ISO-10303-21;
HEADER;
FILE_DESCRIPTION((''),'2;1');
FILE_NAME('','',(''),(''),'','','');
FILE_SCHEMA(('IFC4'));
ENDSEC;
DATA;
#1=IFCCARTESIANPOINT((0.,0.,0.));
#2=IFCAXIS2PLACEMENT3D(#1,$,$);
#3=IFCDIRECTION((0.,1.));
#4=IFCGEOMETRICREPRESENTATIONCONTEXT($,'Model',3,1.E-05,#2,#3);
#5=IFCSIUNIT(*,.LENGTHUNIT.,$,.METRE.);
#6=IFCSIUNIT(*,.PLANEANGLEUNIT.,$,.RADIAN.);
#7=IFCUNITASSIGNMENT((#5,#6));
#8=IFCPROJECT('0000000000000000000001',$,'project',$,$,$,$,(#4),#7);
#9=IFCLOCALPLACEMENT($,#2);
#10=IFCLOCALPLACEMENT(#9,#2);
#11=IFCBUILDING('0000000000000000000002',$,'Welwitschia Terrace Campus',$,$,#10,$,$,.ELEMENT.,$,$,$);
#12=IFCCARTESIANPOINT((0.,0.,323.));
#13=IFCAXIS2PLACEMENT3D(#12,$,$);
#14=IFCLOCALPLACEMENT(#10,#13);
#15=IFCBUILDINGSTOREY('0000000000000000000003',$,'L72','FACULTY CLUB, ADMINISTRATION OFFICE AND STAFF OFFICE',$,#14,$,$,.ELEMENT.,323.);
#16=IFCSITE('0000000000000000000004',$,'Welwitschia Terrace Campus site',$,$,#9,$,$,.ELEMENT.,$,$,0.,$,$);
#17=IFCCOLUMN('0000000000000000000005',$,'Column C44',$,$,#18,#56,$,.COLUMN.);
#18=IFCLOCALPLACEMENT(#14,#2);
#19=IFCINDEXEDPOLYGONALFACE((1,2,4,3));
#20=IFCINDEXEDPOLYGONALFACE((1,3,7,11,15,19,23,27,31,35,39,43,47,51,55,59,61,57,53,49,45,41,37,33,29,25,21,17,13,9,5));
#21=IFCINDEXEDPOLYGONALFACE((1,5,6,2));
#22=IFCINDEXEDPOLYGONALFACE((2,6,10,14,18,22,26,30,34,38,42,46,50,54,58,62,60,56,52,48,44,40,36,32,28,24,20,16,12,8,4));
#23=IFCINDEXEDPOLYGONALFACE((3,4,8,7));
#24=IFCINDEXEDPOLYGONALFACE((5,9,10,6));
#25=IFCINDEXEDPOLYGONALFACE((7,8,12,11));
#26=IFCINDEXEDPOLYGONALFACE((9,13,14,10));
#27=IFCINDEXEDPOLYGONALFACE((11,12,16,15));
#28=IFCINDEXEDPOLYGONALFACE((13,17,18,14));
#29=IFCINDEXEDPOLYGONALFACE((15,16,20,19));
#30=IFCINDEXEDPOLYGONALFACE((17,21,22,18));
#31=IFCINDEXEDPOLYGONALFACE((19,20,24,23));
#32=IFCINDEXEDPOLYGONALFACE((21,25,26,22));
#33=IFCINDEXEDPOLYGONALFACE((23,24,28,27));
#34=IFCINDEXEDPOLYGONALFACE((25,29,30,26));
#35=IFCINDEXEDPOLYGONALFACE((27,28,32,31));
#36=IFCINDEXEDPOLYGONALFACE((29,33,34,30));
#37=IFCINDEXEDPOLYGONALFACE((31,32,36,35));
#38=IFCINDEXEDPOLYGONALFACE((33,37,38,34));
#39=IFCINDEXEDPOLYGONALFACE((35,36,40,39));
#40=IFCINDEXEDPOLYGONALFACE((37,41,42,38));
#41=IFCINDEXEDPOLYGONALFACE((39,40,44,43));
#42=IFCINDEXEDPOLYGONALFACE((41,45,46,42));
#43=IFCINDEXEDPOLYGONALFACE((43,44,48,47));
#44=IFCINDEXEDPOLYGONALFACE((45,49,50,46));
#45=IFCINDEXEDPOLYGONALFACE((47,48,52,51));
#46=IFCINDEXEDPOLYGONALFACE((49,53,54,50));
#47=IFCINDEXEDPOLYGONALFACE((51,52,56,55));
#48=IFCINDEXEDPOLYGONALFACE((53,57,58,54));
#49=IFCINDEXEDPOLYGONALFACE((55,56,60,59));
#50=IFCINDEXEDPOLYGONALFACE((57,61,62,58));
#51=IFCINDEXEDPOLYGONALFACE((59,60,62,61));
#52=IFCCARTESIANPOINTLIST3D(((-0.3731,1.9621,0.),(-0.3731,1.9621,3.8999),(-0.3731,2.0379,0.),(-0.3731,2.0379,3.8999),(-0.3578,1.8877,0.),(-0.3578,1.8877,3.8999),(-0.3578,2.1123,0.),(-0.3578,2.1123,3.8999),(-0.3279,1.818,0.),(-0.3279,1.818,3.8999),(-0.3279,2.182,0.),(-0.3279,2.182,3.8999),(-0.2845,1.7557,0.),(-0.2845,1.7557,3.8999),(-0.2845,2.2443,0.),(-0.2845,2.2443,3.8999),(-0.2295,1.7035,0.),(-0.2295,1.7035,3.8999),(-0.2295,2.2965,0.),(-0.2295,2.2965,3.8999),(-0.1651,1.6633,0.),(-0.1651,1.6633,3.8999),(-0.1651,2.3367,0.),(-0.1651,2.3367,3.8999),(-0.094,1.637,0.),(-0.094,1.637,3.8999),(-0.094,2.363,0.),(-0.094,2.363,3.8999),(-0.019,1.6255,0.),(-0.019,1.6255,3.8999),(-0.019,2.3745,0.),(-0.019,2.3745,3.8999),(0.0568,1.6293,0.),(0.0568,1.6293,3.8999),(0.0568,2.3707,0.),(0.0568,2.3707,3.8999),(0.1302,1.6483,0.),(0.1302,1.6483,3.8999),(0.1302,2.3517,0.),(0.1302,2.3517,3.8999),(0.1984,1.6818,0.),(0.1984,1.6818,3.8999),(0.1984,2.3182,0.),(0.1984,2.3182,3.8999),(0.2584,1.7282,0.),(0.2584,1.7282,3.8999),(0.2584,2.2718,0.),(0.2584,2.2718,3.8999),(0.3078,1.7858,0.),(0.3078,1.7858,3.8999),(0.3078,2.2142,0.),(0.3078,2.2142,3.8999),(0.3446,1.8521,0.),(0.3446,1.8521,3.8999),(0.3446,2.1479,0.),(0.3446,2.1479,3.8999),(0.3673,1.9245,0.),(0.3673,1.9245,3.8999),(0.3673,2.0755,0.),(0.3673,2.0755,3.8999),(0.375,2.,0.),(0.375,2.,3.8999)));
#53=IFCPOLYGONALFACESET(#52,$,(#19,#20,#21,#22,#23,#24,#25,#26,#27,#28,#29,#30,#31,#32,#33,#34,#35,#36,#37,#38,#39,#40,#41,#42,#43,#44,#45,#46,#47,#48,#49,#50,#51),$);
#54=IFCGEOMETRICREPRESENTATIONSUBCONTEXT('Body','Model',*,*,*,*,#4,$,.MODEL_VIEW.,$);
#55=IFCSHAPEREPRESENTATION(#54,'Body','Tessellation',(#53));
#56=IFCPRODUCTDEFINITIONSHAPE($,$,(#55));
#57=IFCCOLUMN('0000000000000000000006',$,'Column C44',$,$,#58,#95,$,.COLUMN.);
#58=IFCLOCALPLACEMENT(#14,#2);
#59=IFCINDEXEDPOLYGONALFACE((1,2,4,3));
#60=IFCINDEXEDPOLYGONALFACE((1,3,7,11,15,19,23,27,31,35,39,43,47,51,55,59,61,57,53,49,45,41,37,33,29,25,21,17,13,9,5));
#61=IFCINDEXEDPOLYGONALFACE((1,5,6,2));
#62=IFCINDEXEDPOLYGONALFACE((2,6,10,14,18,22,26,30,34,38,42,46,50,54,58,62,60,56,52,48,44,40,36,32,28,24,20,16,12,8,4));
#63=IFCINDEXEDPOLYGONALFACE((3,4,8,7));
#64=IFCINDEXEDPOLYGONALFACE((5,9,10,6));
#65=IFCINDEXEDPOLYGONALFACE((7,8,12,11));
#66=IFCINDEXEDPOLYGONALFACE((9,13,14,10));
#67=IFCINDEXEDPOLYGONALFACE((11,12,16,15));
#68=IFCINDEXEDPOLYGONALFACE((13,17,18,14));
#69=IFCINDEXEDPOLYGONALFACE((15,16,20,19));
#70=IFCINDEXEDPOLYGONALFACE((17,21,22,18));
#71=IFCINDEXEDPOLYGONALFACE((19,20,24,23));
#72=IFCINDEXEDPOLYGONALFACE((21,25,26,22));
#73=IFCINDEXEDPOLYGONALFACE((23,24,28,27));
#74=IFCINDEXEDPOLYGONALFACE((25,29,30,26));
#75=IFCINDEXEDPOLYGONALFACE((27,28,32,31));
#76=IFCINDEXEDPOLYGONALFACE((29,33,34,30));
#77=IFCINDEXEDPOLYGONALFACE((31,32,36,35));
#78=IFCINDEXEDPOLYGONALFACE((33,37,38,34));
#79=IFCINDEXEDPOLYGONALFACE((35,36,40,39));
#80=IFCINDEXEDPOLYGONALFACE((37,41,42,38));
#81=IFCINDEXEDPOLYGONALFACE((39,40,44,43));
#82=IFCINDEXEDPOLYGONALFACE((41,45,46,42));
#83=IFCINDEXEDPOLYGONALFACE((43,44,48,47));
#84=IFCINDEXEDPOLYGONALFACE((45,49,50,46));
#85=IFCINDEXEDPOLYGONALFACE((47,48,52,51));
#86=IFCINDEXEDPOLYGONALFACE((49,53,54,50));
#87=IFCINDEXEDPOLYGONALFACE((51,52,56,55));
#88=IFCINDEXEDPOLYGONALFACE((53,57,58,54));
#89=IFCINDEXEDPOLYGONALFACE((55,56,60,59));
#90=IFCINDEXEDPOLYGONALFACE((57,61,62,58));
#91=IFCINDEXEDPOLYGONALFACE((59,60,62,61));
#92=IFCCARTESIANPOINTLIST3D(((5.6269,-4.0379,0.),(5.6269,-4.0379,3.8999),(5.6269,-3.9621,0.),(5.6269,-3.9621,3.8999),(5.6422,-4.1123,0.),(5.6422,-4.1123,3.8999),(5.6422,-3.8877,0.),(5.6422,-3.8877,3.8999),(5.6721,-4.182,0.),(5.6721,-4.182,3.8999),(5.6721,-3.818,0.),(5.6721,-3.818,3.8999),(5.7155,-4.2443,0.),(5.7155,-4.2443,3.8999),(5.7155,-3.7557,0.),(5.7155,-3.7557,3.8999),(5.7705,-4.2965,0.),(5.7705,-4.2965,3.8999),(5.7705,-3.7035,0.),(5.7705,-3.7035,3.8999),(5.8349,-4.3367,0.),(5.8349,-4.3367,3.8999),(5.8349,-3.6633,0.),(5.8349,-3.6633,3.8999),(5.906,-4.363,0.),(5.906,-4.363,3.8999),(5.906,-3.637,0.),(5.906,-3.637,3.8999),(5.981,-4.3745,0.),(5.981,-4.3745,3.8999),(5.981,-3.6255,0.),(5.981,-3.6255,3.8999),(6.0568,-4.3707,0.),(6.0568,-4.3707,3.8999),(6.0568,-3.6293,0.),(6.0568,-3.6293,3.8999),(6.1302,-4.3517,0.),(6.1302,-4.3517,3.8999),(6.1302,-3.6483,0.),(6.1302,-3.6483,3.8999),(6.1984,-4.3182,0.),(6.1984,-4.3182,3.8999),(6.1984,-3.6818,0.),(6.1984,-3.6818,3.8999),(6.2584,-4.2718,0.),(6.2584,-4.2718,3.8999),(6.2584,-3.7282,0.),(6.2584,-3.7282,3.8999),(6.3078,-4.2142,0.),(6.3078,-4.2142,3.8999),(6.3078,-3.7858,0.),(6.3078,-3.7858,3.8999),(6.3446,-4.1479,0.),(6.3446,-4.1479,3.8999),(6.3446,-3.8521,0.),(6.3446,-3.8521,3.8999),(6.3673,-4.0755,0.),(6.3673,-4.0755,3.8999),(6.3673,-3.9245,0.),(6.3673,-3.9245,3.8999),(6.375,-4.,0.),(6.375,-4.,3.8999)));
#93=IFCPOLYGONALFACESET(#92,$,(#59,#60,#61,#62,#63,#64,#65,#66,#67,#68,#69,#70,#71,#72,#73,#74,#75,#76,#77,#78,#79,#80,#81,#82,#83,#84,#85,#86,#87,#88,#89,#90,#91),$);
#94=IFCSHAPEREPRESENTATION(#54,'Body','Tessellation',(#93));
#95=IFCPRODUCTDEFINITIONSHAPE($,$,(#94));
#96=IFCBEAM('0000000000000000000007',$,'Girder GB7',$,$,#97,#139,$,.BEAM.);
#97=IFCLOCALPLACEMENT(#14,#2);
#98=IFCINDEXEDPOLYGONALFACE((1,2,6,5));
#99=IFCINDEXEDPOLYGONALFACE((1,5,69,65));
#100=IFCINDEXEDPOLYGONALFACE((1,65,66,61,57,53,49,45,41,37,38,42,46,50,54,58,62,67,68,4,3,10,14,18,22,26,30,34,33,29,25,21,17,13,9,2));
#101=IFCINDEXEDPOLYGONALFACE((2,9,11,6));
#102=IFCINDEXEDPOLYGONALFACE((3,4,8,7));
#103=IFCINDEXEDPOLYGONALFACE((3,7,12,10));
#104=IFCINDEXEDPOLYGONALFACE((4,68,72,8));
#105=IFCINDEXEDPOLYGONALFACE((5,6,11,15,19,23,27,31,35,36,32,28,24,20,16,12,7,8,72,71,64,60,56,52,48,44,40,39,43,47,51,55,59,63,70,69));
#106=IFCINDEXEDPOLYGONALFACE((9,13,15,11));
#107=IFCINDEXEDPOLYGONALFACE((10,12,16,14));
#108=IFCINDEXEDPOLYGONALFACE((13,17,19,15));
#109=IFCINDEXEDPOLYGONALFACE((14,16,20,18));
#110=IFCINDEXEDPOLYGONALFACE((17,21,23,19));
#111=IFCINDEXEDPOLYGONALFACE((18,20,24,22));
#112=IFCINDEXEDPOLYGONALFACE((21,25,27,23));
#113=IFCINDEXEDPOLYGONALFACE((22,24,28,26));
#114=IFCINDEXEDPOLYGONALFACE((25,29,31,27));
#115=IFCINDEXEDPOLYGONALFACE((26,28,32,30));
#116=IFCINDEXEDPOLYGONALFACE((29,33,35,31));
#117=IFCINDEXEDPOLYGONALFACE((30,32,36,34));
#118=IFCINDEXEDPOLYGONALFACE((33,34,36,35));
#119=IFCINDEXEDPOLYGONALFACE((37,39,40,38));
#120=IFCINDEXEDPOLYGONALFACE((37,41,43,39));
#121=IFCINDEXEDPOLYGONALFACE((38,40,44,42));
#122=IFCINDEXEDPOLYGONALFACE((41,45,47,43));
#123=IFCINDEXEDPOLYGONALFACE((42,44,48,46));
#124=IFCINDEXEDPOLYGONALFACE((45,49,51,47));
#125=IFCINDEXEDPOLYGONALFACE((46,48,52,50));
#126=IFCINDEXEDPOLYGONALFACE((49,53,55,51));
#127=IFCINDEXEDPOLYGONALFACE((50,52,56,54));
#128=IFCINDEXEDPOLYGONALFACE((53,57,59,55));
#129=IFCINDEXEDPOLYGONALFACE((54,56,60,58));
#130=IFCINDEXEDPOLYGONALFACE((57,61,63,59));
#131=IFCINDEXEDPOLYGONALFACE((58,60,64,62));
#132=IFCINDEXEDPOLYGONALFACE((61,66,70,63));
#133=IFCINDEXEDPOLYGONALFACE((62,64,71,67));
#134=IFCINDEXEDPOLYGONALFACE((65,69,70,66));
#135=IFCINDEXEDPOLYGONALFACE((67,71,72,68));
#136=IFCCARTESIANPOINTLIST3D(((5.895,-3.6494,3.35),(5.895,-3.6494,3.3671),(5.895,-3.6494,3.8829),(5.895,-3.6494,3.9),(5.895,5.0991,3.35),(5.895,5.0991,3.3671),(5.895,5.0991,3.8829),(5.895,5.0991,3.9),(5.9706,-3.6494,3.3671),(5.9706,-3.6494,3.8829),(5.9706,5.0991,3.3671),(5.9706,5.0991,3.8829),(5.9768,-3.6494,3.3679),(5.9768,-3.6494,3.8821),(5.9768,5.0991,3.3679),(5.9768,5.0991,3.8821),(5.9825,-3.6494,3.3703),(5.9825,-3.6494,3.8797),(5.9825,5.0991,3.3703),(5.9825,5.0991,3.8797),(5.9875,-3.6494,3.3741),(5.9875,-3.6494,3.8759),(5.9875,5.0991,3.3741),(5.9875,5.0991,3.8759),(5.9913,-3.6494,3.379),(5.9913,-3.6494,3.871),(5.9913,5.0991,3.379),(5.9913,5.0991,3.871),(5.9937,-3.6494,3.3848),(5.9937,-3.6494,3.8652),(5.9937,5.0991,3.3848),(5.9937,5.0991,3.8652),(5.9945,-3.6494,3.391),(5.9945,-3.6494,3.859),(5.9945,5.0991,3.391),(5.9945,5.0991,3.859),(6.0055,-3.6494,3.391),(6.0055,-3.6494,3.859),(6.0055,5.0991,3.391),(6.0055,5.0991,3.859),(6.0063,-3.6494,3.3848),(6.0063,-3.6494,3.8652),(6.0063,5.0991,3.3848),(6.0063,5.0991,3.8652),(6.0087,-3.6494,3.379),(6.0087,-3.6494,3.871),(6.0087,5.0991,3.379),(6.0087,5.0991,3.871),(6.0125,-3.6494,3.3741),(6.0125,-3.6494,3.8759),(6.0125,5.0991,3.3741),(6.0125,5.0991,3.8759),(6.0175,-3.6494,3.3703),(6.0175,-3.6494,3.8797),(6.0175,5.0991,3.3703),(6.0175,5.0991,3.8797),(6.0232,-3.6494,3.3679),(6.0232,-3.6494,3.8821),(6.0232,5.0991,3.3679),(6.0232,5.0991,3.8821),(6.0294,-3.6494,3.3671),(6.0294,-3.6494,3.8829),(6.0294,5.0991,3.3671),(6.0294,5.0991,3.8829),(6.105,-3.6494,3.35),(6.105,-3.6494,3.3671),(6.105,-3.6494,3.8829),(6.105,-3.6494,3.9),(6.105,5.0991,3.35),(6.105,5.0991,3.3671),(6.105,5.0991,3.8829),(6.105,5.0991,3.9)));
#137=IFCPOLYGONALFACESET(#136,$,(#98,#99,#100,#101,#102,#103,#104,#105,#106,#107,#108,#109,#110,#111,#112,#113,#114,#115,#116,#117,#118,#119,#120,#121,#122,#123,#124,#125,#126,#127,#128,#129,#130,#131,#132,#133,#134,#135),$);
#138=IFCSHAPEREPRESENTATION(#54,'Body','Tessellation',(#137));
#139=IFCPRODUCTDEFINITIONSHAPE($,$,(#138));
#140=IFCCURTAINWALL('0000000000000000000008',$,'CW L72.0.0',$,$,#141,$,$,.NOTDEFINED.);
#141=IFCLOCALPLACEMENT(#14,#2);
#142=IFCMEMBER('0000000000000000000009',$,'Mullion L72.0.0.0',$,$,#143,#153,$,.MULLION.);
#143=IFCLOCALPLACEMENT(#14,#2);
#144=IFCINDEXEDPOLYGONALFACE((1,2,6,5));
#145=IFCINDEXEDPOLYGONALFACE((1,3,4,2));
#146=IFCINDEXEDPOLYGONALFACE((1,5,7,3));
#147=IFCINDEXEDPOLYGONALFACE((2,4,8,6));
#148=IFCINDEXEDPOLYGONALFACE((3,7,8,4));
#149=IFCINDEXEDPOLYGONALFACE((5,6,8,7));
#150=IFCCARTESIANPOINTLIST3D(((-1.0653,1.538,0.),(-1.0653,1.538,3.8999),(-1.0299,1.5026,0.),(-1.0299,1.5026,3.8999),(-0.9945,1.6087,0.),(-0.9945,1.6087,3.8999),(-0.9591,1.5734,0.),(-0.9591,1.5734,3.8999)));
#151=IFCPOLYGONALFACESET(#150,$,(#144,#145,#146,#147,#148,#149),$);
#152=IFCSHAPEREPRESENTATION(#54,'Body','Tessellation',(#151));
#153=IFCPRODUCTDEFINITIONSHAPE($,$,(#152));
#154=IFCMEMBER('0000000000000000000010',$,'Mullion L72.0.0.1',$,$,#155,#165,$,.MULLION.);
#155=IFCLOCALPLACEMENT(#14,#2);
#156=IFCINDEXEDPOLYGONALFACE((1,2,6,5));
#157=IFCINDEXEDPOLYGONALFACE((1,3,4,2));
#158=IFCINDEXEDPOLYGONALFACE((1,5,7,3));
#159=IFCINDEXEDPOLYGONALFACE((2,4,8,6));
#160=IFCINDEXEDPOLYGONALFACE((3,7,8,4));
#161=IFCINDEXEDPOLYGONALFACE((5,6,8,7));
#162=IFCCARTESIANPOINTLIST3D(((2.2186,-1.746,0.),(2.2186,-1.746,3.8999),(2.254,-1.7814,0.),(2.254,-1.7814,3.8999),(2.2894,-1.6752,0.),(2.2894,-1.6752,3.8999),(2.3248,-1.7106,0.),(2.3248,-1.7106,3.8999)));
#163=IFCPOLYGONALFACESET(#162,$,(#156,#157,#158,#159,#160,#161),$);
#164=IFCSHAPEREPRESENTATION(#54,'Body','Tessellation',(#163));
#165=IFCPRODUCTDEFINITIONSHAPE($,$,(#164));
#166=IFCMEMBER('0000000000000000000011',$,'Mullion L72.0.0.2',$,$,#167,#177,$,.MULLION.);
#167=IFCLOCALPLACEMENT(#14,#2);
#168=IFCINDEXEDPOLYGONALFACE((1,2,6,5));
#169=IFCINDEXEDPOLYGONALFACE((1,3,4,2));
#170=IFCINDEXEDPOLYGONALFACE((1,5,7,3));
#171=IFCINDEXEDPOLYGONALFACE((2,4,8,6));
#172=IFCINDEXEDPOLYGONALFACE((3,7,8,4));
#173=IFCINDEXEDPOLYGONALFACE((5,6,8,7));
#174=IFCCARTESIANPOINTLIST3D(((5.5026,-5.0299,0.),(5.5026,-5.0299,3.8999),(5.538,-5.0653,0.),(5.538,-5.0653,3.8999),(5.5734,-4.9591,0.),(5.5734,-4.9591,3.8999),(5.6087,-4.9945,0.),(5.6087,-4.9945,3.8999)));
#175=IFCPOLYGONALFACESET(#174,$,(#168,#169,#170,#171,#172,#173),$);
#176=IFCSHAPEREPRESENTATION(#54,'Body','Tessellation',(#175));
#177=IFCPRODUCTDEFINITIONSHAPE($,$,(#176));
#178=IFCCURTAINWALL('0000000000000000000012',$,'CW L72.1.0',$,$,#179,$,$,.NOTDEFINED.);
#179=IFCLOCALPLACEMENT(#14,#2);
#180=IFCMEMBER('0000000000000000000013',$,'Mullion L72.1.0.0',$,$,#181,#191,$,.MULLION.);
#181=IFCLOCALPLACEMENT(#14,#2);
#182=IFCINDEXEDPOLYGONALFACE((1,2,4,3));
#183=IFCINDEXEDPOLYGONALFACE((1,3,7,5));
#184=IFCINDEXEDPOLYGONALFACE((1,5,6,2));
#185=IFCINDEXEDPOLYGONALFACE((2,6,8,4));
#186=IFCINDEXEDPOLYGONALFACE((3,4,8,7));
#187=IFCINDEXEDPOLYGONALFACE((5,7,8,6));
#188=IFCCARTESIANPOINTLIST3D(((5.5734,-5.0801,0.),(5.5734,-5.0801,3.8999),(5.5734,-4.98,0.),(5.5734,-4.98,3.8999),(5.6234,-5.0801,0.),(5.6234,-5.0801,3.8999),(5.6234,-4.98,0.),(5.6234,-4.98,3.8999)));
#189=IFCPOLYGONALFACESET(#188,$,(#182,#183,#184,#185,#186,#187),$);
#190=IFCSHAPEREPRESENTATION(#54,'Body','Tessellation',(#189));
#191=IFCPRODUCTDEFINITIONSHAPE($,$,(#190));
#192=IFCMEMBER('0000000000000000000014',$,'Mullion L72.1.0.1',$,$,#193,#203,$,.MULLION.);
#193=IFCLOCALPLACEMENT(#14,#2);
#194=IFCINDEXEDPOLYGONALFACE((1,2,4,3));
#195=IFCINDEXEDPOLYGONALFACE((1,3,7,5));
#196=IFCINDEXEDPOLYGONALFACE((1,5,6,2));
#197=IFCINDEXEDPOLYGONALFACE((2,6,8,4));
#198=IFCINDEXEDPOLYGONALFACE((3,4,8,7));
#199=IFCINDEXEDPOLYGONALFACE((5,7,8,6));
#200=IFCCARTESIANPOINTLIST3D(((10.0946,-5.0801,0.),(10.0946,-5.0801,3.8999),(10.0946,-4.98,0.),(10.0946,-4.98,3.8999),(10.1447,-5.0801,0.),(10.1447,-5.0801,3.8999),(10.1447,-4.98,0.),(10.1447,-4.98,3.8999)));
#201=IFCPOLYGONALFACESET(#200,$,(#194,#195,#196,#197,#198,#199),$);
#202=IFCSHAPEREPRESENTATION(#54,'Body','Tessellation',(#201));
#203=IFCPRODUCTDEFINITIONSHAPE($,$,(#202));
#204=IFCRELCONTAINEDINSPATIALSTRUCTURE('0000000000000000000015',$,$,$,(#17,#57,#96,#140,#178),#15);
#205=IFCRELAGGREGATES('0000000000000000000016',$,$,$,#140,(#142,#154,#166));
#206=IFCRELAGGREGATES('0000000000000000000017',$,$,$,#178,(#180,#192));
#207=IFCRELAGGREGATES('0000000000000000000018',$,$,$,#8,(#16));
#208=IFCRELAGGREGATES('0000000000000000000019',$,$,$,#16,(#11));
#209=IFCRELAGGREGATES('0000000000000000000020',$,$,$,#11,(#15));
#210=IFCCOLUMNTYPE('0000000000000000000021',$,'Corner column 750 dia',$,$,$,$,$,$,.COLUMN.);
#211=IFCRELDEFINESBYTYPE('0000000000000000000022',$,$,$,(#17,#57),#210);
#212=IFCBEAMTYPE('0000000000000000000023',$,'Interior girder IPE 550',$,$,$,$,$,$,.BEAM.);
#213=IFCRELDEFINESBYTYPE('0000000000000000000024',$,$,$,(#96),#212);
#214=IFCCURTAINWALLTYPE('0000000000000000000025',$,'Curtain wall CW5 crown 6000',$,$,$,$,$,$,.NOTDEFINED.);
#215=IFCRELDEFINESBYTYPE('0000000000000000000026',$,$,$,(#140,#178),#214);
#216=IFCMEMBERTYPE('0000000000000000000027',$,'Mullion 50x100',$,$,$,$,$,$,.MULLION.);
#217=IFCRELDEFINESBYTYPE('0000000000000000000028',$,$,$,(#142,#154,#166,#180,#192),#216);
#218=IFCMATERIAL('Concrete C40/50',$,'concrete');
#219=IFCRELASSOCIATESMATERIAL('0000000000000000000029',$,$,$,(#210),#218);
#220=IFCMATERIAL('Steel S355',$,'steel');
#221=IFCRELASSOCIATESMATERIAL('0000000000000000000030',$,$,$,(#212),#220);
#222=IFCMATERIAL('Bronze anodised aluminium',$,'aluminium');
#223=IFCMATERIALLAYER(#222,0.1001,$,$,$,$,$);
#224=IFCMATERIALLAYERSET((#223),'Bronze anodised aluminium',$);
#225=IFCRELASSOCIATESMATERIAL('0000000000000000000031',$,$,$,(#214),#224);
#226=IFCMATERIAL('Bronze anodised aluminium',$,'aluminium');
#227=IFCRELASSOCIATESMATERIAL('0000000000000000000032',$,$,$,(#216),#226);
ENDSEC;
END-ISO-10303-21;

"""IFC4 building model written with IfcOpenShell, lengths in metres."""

from ifc_helpers import new_model, si_unit, direction, frame, origin, origin_2d, place, context, subcontext, project, spatial, rectangle, circle, i_section, extrude, material, layer, layer_set, material_profile, profile_set, type_object, element, aggregate, save


model = new_model("IFC4")

# Units and contexts
model_context = context("Model", 3, precision=1e-05, world=origin(), true_north=direction((0.0, 1.0)))
body_context = subcontext(model_context, "Body", "Model", "MODEL_VIEW")
ifc_project = project(units=[si_unit("LENGTHUNIT", "METRE"), si_unit("PLANEANGLEUNIT", "RADIAN")], contexts=[model_context])

# Site, building, storey
site_placement = place(None, origin())
site = spatial("IfcSite", under=ifc_project, at=site_placement, Name="Welwitschia Terrace Campus site", CompositionType="ELEMENT", RefElevation=0.0)
building_placement = place(site_placement, origin())
building = spatial("IfcBuilding", under=site, at=building_placement, Name="Welwitschia Terrace Campus", CompositionType="ELEMENT")
storey_placement = place(building_placement, frame((0.0, 0.0, 323.0)))
storey = spatial("IfcBuildingStorey", under=building, at=storey_placement, Name="L72", Description="FACULTY CLUB, ADMINISTRATION OFFICE AND STAFF OFFICE", CompositionType="ELEMENT", Elevation=323.0)

# Columns
ifc_material_1 = material(Name="Concrete C40/50", Category="concrete")
ifc_material_profile_1 = material_profile(ifc_material_1, circle(Radius=0.375, at=origin_2d()))
ifc_profile_set_1 = profile_set([ifc_material_profile_1], Name="Concrete C40/50")
column_type = type_object("IfcColumnType", Name="Corner column 750 dia", PredefinedType="COLUMN", material=ifc_profile_set_1)
for number, where, z_axis, x_axis, name in (
    (1, (0.0, 2.0, 0.0), (0.0, 0.0, 1.0), (1.0, 0.0, 0.0), "Column C44"),
    (2, (6.0, -4.0, 0.0), (0.0, 0.0, 1.0), (1.0, 0.0, 0.0), "Column C44"),
):
    element("IfcColumn", number, at=place(storey_placement, frame(where, z_axis=z_axis, x_axis=x_axis)), inside=storey, type_object=column_type, Name=name, PredefinedType="COLUMN", context=body_context, shape_type="SweptSolid", body=[
        extrude(circle(Radius=0.375, at=origin_2d()), origin(), (0.0, 0.0, 1.0), 3.8999),
    ])

# Beam
ifc_material_2 = material(Name="Steel S355", Category="steel")
ifc_material_profile_2 = material_profile(ifc_material_2, i_section(OverallWidth=0.21, OverallDepth=0.55, WebThickness=0.011, FlangeThickness=0.0171, FilletRadius=0.0239, at=origin_2d()))
ifc_profile_set_2 = profile_set([ifc_material_profile_2], Name="Steel S355")
beam_type_1 = type_object("IfcBeamType", Name="Interior girder IPE 550", PredefinedType="BEAM", material=ifc_profile_set_2)
beam_1_placement = place(storey_placement, frame((6.0, -3.6494, 3.625), z_axis=(0.0, 1.0, 0.0), x_axis=(-1.0, 0.0, 0.0)))
element("IfcBeam", 3, at=beam_1_placement, inside=storey, type_object=beam_type_1, Name="Girder GB7", PredefinedType="BEAM", context=body_context, shape_type="SweptSolid", body=[
    extrude(i_section(OverallWidth=0.21, OverallDepth=0.55, WebThickness=0.011, FlangeThickness=0.0171, FilletRadius=0.0239, at=origin_2d()), origin(), (0.0, 0.0, 1.0), 8.7485),
])

# Curtain walls, members
ifc_material_3 = material(Name="Bronze anodised aluminium", Category="aluminium")
ifc_layer_1 = layer(ifc_material_3, 0.1001)
ifc_layer_set_1 = layer_set([ifc_layer_1], Name="Bronze anodised aluminium")
curtain_wall_type = type_object("IfcCurtainWallType", Name="Curtain wall CW5 crown 6000", PredefinedType="NOTDEFINED", material=ifc_layer_set_1)
curtain_wall_1_placement = place(storey_placement, origin())
curtain_wall_1 = element("IfcCurtainWall", 4, at=curtain_wall_1_placement, inside=storey, type_object=curtain_wall_type, Name="CW L72.0.0", PredefinedType="NOTDEFINED")
ifc_material_4 = material(Name="Bronze anodised aluminium", Category="aluminium")
ifc_material_profile_3 = material_profile(ifc_material_4, rectangle(XDim=0.1001, YDim=0.05, at=origin_2d()))
ifc_profile_set_3 = profile_set([ifc_material_profile_3], Name="Bronze anodised aluminium")
member_type_1 = type_object("IfcMemberType", Name="Mullion 50x100", PredefinedType="MULLION", material=ifc_profile_set_3)
member_1_placement = place(storey_placement, frame((-1.0122, 1.5557, 0.0), z_axis=(0.0, 0.0, 1.0), x_axis=(0.707107, 0.707107, 0.0)))
member_1 = element("IfcMember", 5, at=member_1_placement, type_object=member_type_1, Name="Mullion L72.0.0.0", PredefinedType="MULLION", context=body_context, shape_type="SweptSolid", body=[
    extrude(rectangle(XDim=0.1001, YDim=0.05, at=origin_2d()), origin(), (0.0, 0.0, 1.0), 3.8999),
])
member_2_placement = place(storey_placement, frame((2.2717, -1.7283, 0.0), z_axis=(0.0, 0.0, 1.0), x_axis=(0.707107, 0.707107, 0.0)))
member_2 = element("IfcMember", 6, at=member_2_placement, type_object=member_type_1, Name="Mullion L72.0.0.1", PredefinedType="MULLION", context=body_context, shape_type="SweptSolid", body=[
    extrude(rectangle(XDim=0.1001, YDim=0.05, at=origin_2d()), origin(), (0.0, 0.0, 1.0), 3.8999),
])
member_3_placement = place(storey_placement, frame((5.5557, -5.0122, 0.0), z_axis=(0.0, 0.0, 1.0), x_axis=(0.707107, 0.707107, 0.0)))
member_3 = element("IfcMember", 7, at=member_3_placement, type_object=member_type_1, Name="Mullion L72.0.0.2", PredefinedType="MULLION", context=body_context, shape_type="SweptSolid", body=[
    extrude(rectangle(XDim=0.1001, YDim=0.05, at=origin_2d()), origin(), (0.0, 0.0, 1.0), 3.8999),
])
curtain_wall_2_placement = place(storey_placement, origin())
curtain_wall_2 = element("IfcCurtainWall", 8, at=curtain_wall_2_placement, inside=storey, type_object=curtain_wall_type, Name="CW L72.1.0", PredefinedType="NOTDEFINED")
member_4_placement = place(storey_placement, frame((5.5984, -5.03, 0.0), z_axis=(0.0, 0.0, 1.0), x_axis=(0.0, 1.0, 0.0)))
member_4 = element("IfcMember", 9, at=member_4_placement, type_object=member_type_1, Name="Mullion L72.1.0.0", PredefinedType="MULLION", context=body_context, shape_type="SweptSolid", body=[
    extrude(rectangle(XDim=0.1001, YDim=0.05, at=origin_2d()), origin(), (0.0, 0.0, 1.0), 3.8999),
])
member_5_placement = place(storey_placement, frame((10.1196, -5.03, 0.0), z_axis=(0.0, 0.0, 1.0), x_axis=(0.0, 1.0, 0.0)))
member_5 = element("IfcMember", 10, at=member_5_placement, type_object=member_type_1, Name="Mullion L72.1.0.1", PredefinedType="MULLION", context=body_context, shape_type="SweptSolid", body=[
    extrude(rectangle(XDim=0.1001, YDim=0.05, at=origin_2d()), origin(), (0.0, 0.0, 1.0), 3.8999),
])

aggregate(curtain_wall_1, [member_1, member_2, member_3])
aggregate(curtain_wall_2, [member_4, member_5])

save(model, "model.ifc")
